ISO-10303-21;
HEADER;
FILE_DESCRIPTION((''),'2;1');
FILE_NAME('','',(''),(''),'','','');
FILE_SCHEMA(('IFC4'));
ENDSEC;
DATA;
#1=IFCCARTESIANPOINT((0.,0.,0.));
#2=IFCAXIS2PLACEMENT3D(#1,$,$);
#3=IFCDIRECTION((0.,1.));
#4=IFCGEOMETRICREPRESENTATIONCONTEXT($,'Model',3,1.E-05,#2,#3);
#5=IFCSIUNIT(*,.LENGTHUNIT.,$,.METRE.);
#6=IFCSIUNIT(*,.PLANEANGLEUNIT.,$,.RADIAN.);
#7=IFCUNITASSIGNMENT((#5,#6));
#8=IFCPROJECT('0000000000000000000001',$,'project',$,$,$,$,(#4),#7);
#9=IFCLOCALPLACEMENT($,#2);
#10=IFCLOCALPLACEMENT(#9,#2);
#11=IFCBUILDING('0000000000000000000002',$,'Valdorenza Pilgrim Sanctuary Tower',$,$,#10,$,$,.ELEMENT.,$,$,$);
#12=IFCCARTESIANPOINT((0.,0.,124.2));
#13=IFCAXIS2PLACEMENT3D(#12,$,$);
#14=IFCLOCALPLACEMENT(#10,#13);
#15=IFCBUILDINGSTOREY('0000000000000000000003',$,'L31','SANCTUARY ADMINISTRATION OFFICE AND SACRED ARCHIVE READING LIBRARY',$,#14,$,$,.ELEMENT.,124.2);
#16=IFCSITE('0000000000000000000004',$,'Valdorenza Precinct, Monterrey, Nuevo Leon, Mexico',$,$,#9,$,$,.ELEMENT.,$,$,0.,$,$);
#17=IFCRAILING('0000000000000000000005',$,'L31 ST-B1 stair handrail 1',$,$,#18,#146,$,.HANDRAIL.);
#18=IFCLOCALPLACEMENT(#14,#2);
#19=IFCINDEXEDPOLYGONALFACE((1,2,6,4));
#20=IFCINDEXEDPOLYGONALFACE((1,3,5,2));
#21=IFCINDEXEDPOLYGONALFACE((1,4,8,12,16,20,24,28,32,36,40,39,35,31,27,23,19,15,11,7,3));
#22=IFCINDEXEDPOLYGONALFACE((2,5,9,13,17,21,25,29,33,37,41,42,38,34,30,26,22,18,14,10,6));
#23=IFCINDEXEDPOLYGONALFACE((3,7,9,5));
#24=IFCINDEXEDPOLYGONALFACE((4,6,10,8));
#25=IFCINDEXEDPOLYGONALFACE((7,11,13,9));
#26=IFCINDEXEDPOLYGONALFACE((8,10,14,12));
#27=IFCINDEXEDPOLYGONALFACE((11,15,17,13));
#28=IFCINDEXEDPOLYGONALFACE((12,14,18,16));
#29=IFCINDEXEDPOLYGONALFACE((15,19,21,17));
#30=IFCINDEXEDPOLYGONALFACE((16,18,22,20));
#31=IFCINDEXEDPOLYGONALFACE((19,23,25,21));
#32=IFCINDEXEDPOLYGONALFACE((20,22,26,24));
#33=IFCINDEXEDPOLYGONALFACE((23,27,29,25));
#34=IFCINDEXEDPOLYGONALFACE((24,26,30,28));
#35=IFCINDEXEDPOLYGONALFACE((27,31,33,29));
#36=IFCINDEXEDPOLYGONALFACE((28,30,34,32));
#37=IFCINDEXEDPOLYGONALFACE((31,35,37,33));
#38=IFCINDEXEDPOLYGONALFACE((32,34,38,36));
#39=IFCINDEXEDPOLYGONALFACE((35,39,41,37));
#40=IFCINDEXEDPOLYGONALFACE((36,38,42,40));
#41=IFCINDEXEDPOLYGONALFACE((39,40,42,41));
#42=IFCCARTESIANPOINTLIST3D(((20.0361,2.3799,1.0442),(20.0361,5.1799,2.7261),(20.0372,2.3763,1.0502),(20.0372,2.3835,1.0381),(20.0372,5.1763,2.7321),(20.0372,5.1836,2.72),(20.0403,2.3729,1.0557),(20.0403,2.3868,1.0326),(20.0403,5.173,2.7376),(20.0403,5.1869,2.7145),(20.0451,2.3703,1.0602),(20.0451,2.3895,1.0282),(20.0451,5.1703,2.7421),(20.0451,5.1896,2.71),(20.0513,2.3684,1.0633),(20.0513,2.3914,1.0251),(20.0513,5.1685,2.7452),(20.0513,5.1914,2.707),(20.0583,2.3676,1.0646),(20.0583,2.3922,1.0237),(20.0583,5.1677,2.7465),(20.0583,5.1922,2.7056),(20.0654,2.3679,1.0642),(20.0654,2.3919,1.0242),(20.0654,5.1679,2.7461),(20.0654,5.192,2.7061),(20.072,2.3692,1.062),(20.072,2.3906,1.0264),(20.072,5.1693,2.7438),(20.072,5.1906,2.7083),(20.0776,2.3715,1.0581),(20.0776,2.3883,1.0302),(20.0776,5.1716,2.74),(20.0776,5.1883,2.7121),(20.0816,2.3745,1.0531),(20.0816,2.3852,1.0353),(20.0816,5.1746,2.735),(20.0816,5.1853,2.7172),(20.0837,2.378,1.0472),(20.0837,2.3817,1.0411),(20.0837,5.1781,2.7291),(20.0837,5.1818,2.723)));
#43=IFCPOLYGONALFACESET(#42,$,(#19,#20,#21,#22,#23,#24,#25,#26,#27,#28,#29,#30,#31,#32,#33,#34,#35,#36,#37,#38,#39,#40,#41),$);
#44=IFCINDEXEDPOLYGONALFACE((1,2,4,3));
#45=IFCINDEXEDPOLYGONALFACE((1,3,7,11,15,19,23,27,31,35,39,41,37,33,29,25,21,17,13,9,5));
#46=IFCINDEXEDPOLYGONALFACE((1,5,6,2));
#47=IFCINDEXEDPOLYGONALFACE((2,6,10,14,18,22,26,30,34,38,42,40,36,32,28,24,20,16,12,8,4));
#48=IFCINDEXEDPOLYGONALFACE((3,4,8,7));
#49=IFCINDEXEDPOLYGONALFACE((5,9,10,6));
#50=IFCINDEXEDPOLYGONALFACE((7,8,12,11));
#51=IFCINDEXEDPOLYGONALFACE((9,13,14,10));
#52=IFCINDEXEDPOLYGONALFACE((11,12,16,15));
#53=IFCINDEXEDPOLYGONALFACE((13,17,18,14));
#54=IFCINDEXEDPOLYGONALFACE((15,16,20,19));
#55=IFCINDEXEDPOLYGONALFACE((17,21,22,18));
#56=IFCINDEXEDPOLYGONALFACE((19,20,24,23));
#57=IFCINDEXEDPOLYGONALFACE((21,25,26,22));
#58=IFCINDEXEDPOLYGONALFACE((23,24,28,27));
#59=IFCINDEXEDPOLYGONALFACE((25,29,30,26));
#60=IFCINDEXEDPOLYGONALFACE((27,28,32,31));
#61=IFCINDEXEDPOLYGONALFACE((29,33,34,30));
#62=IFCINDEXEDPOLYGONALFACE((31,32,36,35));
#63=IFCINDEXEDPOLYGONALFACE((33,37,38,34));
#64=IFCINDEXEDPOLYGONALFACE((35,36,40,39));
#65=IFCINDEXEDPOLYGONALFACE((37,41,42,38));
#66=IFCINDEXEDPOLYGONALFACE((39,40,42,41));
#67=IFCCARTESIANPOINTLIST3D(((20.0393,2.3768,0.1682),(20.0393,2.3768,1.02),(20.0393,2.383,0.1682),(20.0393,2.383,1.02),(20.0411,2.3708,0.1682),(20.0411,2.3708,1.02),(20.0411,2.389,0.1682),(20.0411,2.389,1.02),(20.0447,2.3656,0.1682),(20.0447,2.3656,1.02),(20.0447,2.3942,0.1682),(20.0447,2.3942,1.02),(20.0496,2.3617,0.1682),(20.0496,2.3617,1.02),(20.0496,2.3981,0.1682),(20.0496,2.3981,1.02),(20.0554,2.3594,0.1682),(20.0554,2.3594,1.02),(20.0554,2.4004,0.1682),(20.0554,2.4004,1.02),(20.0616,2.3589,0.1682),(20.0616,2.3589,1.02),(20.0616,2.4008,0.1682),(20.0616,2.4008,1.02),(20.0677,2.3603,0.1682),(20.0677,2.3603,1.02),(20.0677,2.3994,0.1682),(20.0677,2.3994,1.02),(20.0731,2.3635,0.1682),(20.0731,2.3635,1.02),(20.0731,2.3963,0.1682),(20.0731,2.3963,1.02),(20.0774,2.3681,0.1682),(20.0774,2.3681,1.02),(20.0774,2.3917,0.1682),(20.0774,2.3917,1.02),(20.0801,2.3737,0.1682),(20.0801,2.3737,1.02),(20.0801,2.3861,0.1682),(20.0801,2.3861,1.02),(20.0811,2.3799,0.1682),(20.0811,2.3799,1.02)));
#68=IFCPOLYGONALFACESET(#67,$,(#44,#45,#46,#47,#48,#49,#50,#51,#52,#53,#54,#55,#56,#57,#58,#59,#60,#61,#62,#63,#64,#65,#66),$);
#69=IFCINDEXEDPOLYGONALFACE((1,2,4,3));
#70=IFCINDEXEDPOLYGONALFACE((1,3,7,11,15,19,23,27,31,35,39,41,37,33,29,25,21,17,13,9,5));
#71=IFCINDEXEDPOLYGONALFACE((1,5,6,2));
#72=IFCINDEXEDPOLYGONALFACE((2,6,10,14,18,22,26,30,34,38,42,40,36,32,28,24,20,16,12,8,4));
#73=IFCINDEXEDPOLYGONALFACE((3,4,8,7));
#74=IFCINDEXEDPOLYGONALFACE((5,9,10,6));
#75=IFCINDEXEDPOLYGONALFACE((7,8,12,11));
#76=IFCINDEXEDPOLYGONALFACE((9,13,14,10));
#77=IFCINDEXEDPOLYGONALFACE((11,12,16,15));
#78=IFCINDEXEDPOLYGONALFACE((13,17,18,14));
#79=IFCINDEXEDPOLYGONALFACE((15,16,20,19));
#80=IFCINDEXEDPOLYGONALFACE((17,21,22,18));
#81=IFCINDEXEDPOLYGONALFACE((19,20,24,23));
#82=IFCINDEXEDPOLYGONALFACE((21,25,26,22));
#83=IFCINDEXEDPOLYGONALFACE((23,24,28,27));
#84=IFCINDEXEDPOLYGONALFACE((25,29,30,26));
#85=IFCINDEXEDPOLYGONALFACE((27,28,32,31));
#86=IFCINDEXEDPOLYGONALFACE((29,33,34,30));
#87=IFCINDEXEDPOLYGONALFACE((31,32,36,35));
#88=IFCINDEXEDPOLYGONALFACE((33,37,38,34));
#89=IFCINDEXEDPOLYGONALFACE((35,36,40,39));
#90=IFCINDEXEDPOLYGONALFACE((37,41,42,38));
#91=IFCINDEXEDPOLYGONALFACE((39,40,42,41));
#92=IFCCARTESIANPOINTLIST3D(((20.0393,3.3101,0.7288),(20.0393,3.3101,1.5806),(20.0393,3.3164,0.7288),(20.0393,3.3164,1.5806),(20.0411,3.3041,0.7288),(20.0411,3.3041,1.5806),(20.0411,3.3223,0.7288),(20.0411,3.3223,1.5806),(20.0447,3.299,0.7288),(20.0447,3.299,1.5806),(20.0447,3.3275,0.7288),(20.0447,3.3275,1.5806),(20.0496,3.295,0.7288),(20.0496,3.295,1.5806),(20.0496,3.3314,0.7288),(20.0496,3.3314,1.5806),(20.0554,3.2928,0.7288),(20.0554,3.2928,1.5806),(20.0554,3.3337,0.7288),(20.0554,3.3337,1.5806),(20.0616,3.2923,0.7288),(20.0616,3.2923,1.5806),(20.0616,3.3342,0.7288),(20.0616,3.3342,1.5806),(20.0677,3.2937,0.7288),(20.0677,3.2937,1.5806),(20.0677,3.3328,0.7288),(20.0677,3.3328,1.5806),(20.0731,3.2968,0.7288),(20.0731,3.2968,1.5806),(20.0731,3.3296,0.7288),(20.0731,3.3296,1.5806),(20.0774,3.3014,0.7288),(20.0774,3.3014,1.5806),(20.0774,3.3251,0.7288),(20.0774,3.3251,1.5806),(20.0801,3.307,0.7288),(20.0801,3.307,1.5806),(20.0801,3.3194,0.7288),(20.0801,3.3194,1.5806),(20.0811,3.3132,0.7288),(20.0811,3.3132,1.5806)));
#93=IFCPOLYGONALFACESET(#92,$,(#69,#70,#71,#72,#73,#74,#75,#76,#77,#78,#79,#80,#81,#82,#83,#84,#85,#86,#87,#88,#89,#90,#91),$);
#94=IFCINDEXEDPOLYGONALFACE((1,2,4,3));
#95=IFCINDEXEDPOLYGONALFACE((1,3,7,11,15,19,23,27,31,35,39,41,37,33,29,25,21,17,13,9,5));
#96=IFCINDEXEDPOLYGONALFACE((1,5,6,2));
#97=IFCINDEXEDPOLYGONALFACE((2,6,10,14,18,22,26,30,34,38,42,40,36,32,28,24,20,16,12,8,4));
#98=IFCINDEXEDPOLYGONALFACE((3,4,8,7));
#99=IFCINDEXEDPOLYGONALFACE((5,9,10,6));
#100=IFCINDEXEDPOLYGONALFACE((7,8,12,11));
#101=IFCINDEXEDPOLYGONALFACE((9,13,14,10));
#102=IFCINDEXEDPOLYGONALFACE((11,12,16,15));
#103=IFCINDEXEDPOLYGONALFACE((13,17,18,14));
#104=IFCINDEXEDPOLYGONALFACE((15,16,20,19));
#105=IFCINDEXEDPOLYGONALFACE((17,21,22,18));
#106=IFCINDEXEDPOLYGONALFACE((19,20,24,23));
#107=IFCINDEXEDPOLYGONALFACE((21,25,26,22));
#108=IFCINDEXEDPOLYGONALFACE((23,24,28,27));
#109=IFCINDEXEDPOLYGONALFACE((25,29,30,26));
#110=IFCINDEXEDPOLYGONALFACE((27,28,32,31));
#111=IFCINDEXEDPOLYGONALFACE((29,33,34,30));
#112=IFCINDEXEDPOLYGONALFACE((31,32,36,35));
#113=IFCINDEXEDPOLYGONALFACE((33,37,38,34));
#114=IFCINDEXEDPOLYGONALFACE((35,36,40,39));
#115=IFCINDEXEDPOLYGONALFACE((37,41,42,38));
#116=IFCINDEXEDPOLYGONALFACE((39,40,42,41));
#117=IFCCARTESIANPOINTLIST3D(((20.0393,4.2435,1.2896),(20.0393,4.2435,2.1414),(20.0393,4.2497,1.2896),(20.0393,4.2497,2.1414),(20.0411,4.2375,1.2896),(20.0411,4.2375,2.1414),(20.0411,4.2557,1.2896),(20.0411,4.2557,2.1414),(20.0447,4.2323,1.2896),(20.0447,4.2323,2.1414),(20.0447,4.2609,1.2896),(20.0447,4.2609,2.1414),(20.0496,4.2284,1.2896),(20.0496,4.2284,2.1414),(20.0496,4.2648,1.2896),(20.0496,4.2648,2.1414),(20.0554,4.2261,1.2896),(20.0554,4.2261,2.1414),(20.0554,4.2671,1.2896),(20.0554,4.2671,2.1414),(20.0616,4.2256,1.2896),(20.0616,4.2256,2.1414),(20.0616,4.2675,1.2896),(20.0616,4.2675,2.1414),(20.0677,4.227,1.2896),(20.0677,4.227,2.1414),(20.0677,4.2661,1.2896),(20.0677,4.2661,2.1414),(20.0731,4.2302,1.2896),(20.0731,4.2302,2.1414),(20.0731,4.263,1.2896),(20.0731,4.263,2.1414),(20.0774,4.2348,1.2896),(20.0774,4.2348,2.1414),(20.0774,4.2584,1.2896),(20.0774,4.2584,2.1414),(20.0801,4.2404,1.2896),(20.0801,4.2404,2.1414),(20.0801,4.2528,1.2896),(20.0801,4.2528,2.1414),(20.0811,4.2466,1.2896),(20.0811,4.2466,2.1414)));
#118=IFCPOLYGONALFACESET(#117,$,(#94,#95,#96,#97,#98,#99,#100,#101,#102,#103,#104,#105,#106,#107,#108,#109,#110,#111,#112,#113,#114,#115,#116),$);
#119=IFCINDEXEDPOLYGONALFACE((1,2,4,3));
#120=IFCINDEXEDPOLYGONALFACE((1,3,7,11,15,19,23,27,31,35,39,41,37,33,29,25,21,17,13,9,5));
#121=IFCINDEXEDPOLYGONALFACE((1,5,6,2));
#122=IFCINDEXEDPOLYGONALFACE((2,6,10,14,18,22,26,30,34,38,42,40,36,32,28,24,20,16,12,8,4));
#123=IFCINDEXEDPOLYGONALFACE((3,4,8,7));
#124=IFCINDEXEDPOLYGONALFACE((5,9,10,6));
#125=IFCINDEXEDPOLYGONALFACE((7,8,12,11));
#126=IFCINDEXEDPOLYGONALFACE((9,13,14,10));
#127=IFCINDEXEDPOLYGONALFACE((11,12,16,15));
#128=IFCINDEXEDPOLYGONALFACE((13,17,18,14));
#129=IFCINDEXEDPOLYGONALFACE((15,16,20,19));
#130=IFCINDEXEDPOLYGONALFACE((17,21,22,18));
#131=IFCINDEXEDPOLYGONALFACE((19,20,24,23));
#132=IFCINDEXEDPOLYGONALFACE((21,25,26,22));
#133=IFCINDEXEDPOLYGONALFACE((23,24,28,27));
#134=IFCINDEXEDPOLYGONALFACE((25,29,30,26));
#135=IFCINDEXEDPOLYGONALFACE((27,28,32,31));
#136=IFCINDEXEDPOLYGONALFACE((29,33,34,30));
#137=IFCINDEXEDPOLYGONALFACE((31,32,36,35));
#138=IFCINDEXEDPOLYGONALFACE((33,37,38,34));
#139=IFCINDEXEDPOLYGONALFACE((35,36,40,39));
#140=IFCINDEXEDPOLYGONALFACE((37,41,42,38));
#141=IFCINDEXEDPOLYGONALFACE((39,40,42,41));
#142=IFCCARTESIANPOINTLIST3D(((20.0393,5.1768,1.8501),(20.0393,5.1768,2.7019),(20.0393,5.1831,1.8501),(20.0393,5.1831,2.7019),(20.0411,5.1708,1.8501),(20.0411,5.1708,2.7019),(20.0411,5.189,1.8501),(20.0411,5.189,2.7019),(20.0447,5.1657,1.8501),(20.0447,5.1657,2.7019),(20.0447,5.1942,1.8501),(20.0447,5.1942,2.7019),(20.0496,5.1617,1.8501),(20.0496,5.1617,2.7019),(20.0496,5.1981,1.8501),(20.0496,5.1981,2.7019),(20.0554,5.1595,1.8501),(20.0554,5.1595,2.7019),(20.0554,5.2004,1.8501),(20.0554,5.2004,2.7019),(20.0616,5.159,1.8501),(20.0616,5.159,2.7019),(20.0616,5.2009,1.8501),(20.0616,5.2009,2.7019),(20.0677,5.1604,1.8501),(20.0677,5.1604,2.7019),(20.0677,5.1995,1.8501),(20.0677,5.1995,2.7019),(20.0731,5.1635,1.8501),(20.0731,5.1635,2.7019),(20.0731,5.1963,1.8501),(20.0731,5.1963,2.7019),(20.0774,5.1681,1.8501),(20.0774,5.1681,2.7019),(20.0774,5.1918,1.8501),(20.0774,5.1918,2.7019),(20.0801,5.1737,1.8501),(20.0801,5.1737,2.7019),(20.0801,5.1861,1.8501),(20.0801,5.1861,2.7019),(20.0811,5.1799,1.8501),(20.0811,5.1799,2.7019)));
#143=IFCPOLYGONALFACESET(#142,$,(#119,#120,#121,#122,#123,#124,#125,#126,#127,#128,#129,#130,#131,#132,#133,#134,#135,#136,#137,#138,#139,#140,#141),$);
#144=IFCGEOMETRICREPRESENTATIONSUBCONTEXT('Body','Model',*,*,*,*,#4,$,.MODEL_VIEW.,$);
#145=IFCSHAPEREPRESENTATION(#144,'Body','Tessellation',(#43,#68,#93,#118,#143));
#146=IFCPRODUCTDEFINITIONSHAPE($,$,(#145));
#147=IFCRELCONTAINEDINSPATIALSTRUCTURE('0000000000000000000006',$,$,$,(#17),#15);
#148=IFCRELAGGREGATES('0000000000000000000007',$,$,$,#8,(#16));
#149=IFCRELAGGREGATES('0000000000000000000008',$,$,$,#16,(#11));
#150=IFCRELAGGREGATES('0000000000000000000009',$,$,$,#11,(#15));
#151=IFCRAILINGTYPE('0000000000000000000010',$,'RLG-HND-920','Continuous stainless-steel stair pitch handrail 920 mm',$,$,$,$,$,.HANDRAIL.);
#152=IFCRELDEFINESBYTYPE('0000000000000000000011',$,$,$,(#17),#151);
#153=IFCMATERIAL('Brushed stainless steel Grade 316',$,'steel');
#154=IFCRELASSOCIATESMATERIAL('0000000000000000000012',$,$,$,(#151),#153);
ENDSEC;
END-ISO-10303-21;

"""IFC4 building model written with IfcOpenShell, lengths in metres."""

from ifc_helpers import new_model, si_unit, direction, frame, origin, origin_2d, place, context, subcontext, project, spatial, circle, extrude, material, type_object, element, save


model = new_model("IFC4")

# Units and contexts
model_context = context("Model", 3, precision=1e-05, world=origin(), true_north=direction((0.0, 1.0)))
body_context = subcontext(model_context, "Body", "Model", "MODEL_VIEW")
ifc_project = project(units=[si_unit("LENGTHUNIT", "METRE"), si_unit("PLANEANGLEUNIT", "RADIAN")], contexts=[model_context])

# Site, building, storey
site_placement = place(None, origin())
site = spatial("IfcSite", under=ifc_project, at=site_placement, Name="Valdorenza Precinct, Monterrey, Nuevo Leon, Mexico", CompositionType="ELEMENT", RefElevation=0.0)
building_placement = place(site_placement, origin())
building = spatial("IfcBuilding", under=site, at=building_placement, Name="Valdorenza Pilgrim Sanctuary Tower", CompositionType="ELEMENT")
storey_placement = place(building_placement, frame((0.0, 0.0, 124.2)))
storey = spatial("IfcBuildingStorey", under=building, at=storey_placement, Name="L31", Description="SANCTUARY ADMINISTRATION OFFICE AND SACRED ARCHIVE READING LIBRARY", CompositionType="ELEMENT", Elevation=124.2)

# Shared definitions
ifc_material_1 = material(Name="Brushed stainless steel Grade 316", Category="steel")

# Railing
railing_type_1 = type_object("IfcRailingType", Name="RLG-HND-920", Description="Continuous stainless-steel stair pitch handrail 920 mm", PredefinedType="HANDRAIL", material=ifc_material_1)
railing_1_placement = place(storey_placement, frame((20.0601, 2.3799, 0.1682)))
element("IfcRailing", 1, at=railing_1_placement, inside=storey, type_object=railing_type_1, Name="L31 ST-B1 stair handrail 1", PredefinedType="HANDRAIL", context=body_context, shape_type="SweptSolid", body=[
    extrude(circle(Radius=0.0239, at=origin_2d()), frame((0.0, 0.0, 0.876), z_axis=(0.0, 0.857242, 0.514913), x_axis=(-1.0, 0.0, 0.0)), (0.0, 0.0, 1.0), 3.2664),
    extrude(circle(Radius=0.021, at=origin_2d()), origin(), (0.0, 0.0, 1.0), 0.8518),
    extrude(circle(Radius=0.021, at=origin_2d()), frame((0.0, 0.9333, 0.5605)), (0.0, 0.0, 1.0), 0.8518),
    extrude(circle(Radius=0.021, at=origin_2d()), frame((0.0, 1.8667, 1.1213)), (0.0, 0.0, 1.0), 0.8518),
    extrude(circle(Radius=0.021, at=origin_2d()), frame((0.0, 2.8, 1.6819)), (0.0, 0.0, 1.0), 0.8518),
])

save(model, "model.ifc")
